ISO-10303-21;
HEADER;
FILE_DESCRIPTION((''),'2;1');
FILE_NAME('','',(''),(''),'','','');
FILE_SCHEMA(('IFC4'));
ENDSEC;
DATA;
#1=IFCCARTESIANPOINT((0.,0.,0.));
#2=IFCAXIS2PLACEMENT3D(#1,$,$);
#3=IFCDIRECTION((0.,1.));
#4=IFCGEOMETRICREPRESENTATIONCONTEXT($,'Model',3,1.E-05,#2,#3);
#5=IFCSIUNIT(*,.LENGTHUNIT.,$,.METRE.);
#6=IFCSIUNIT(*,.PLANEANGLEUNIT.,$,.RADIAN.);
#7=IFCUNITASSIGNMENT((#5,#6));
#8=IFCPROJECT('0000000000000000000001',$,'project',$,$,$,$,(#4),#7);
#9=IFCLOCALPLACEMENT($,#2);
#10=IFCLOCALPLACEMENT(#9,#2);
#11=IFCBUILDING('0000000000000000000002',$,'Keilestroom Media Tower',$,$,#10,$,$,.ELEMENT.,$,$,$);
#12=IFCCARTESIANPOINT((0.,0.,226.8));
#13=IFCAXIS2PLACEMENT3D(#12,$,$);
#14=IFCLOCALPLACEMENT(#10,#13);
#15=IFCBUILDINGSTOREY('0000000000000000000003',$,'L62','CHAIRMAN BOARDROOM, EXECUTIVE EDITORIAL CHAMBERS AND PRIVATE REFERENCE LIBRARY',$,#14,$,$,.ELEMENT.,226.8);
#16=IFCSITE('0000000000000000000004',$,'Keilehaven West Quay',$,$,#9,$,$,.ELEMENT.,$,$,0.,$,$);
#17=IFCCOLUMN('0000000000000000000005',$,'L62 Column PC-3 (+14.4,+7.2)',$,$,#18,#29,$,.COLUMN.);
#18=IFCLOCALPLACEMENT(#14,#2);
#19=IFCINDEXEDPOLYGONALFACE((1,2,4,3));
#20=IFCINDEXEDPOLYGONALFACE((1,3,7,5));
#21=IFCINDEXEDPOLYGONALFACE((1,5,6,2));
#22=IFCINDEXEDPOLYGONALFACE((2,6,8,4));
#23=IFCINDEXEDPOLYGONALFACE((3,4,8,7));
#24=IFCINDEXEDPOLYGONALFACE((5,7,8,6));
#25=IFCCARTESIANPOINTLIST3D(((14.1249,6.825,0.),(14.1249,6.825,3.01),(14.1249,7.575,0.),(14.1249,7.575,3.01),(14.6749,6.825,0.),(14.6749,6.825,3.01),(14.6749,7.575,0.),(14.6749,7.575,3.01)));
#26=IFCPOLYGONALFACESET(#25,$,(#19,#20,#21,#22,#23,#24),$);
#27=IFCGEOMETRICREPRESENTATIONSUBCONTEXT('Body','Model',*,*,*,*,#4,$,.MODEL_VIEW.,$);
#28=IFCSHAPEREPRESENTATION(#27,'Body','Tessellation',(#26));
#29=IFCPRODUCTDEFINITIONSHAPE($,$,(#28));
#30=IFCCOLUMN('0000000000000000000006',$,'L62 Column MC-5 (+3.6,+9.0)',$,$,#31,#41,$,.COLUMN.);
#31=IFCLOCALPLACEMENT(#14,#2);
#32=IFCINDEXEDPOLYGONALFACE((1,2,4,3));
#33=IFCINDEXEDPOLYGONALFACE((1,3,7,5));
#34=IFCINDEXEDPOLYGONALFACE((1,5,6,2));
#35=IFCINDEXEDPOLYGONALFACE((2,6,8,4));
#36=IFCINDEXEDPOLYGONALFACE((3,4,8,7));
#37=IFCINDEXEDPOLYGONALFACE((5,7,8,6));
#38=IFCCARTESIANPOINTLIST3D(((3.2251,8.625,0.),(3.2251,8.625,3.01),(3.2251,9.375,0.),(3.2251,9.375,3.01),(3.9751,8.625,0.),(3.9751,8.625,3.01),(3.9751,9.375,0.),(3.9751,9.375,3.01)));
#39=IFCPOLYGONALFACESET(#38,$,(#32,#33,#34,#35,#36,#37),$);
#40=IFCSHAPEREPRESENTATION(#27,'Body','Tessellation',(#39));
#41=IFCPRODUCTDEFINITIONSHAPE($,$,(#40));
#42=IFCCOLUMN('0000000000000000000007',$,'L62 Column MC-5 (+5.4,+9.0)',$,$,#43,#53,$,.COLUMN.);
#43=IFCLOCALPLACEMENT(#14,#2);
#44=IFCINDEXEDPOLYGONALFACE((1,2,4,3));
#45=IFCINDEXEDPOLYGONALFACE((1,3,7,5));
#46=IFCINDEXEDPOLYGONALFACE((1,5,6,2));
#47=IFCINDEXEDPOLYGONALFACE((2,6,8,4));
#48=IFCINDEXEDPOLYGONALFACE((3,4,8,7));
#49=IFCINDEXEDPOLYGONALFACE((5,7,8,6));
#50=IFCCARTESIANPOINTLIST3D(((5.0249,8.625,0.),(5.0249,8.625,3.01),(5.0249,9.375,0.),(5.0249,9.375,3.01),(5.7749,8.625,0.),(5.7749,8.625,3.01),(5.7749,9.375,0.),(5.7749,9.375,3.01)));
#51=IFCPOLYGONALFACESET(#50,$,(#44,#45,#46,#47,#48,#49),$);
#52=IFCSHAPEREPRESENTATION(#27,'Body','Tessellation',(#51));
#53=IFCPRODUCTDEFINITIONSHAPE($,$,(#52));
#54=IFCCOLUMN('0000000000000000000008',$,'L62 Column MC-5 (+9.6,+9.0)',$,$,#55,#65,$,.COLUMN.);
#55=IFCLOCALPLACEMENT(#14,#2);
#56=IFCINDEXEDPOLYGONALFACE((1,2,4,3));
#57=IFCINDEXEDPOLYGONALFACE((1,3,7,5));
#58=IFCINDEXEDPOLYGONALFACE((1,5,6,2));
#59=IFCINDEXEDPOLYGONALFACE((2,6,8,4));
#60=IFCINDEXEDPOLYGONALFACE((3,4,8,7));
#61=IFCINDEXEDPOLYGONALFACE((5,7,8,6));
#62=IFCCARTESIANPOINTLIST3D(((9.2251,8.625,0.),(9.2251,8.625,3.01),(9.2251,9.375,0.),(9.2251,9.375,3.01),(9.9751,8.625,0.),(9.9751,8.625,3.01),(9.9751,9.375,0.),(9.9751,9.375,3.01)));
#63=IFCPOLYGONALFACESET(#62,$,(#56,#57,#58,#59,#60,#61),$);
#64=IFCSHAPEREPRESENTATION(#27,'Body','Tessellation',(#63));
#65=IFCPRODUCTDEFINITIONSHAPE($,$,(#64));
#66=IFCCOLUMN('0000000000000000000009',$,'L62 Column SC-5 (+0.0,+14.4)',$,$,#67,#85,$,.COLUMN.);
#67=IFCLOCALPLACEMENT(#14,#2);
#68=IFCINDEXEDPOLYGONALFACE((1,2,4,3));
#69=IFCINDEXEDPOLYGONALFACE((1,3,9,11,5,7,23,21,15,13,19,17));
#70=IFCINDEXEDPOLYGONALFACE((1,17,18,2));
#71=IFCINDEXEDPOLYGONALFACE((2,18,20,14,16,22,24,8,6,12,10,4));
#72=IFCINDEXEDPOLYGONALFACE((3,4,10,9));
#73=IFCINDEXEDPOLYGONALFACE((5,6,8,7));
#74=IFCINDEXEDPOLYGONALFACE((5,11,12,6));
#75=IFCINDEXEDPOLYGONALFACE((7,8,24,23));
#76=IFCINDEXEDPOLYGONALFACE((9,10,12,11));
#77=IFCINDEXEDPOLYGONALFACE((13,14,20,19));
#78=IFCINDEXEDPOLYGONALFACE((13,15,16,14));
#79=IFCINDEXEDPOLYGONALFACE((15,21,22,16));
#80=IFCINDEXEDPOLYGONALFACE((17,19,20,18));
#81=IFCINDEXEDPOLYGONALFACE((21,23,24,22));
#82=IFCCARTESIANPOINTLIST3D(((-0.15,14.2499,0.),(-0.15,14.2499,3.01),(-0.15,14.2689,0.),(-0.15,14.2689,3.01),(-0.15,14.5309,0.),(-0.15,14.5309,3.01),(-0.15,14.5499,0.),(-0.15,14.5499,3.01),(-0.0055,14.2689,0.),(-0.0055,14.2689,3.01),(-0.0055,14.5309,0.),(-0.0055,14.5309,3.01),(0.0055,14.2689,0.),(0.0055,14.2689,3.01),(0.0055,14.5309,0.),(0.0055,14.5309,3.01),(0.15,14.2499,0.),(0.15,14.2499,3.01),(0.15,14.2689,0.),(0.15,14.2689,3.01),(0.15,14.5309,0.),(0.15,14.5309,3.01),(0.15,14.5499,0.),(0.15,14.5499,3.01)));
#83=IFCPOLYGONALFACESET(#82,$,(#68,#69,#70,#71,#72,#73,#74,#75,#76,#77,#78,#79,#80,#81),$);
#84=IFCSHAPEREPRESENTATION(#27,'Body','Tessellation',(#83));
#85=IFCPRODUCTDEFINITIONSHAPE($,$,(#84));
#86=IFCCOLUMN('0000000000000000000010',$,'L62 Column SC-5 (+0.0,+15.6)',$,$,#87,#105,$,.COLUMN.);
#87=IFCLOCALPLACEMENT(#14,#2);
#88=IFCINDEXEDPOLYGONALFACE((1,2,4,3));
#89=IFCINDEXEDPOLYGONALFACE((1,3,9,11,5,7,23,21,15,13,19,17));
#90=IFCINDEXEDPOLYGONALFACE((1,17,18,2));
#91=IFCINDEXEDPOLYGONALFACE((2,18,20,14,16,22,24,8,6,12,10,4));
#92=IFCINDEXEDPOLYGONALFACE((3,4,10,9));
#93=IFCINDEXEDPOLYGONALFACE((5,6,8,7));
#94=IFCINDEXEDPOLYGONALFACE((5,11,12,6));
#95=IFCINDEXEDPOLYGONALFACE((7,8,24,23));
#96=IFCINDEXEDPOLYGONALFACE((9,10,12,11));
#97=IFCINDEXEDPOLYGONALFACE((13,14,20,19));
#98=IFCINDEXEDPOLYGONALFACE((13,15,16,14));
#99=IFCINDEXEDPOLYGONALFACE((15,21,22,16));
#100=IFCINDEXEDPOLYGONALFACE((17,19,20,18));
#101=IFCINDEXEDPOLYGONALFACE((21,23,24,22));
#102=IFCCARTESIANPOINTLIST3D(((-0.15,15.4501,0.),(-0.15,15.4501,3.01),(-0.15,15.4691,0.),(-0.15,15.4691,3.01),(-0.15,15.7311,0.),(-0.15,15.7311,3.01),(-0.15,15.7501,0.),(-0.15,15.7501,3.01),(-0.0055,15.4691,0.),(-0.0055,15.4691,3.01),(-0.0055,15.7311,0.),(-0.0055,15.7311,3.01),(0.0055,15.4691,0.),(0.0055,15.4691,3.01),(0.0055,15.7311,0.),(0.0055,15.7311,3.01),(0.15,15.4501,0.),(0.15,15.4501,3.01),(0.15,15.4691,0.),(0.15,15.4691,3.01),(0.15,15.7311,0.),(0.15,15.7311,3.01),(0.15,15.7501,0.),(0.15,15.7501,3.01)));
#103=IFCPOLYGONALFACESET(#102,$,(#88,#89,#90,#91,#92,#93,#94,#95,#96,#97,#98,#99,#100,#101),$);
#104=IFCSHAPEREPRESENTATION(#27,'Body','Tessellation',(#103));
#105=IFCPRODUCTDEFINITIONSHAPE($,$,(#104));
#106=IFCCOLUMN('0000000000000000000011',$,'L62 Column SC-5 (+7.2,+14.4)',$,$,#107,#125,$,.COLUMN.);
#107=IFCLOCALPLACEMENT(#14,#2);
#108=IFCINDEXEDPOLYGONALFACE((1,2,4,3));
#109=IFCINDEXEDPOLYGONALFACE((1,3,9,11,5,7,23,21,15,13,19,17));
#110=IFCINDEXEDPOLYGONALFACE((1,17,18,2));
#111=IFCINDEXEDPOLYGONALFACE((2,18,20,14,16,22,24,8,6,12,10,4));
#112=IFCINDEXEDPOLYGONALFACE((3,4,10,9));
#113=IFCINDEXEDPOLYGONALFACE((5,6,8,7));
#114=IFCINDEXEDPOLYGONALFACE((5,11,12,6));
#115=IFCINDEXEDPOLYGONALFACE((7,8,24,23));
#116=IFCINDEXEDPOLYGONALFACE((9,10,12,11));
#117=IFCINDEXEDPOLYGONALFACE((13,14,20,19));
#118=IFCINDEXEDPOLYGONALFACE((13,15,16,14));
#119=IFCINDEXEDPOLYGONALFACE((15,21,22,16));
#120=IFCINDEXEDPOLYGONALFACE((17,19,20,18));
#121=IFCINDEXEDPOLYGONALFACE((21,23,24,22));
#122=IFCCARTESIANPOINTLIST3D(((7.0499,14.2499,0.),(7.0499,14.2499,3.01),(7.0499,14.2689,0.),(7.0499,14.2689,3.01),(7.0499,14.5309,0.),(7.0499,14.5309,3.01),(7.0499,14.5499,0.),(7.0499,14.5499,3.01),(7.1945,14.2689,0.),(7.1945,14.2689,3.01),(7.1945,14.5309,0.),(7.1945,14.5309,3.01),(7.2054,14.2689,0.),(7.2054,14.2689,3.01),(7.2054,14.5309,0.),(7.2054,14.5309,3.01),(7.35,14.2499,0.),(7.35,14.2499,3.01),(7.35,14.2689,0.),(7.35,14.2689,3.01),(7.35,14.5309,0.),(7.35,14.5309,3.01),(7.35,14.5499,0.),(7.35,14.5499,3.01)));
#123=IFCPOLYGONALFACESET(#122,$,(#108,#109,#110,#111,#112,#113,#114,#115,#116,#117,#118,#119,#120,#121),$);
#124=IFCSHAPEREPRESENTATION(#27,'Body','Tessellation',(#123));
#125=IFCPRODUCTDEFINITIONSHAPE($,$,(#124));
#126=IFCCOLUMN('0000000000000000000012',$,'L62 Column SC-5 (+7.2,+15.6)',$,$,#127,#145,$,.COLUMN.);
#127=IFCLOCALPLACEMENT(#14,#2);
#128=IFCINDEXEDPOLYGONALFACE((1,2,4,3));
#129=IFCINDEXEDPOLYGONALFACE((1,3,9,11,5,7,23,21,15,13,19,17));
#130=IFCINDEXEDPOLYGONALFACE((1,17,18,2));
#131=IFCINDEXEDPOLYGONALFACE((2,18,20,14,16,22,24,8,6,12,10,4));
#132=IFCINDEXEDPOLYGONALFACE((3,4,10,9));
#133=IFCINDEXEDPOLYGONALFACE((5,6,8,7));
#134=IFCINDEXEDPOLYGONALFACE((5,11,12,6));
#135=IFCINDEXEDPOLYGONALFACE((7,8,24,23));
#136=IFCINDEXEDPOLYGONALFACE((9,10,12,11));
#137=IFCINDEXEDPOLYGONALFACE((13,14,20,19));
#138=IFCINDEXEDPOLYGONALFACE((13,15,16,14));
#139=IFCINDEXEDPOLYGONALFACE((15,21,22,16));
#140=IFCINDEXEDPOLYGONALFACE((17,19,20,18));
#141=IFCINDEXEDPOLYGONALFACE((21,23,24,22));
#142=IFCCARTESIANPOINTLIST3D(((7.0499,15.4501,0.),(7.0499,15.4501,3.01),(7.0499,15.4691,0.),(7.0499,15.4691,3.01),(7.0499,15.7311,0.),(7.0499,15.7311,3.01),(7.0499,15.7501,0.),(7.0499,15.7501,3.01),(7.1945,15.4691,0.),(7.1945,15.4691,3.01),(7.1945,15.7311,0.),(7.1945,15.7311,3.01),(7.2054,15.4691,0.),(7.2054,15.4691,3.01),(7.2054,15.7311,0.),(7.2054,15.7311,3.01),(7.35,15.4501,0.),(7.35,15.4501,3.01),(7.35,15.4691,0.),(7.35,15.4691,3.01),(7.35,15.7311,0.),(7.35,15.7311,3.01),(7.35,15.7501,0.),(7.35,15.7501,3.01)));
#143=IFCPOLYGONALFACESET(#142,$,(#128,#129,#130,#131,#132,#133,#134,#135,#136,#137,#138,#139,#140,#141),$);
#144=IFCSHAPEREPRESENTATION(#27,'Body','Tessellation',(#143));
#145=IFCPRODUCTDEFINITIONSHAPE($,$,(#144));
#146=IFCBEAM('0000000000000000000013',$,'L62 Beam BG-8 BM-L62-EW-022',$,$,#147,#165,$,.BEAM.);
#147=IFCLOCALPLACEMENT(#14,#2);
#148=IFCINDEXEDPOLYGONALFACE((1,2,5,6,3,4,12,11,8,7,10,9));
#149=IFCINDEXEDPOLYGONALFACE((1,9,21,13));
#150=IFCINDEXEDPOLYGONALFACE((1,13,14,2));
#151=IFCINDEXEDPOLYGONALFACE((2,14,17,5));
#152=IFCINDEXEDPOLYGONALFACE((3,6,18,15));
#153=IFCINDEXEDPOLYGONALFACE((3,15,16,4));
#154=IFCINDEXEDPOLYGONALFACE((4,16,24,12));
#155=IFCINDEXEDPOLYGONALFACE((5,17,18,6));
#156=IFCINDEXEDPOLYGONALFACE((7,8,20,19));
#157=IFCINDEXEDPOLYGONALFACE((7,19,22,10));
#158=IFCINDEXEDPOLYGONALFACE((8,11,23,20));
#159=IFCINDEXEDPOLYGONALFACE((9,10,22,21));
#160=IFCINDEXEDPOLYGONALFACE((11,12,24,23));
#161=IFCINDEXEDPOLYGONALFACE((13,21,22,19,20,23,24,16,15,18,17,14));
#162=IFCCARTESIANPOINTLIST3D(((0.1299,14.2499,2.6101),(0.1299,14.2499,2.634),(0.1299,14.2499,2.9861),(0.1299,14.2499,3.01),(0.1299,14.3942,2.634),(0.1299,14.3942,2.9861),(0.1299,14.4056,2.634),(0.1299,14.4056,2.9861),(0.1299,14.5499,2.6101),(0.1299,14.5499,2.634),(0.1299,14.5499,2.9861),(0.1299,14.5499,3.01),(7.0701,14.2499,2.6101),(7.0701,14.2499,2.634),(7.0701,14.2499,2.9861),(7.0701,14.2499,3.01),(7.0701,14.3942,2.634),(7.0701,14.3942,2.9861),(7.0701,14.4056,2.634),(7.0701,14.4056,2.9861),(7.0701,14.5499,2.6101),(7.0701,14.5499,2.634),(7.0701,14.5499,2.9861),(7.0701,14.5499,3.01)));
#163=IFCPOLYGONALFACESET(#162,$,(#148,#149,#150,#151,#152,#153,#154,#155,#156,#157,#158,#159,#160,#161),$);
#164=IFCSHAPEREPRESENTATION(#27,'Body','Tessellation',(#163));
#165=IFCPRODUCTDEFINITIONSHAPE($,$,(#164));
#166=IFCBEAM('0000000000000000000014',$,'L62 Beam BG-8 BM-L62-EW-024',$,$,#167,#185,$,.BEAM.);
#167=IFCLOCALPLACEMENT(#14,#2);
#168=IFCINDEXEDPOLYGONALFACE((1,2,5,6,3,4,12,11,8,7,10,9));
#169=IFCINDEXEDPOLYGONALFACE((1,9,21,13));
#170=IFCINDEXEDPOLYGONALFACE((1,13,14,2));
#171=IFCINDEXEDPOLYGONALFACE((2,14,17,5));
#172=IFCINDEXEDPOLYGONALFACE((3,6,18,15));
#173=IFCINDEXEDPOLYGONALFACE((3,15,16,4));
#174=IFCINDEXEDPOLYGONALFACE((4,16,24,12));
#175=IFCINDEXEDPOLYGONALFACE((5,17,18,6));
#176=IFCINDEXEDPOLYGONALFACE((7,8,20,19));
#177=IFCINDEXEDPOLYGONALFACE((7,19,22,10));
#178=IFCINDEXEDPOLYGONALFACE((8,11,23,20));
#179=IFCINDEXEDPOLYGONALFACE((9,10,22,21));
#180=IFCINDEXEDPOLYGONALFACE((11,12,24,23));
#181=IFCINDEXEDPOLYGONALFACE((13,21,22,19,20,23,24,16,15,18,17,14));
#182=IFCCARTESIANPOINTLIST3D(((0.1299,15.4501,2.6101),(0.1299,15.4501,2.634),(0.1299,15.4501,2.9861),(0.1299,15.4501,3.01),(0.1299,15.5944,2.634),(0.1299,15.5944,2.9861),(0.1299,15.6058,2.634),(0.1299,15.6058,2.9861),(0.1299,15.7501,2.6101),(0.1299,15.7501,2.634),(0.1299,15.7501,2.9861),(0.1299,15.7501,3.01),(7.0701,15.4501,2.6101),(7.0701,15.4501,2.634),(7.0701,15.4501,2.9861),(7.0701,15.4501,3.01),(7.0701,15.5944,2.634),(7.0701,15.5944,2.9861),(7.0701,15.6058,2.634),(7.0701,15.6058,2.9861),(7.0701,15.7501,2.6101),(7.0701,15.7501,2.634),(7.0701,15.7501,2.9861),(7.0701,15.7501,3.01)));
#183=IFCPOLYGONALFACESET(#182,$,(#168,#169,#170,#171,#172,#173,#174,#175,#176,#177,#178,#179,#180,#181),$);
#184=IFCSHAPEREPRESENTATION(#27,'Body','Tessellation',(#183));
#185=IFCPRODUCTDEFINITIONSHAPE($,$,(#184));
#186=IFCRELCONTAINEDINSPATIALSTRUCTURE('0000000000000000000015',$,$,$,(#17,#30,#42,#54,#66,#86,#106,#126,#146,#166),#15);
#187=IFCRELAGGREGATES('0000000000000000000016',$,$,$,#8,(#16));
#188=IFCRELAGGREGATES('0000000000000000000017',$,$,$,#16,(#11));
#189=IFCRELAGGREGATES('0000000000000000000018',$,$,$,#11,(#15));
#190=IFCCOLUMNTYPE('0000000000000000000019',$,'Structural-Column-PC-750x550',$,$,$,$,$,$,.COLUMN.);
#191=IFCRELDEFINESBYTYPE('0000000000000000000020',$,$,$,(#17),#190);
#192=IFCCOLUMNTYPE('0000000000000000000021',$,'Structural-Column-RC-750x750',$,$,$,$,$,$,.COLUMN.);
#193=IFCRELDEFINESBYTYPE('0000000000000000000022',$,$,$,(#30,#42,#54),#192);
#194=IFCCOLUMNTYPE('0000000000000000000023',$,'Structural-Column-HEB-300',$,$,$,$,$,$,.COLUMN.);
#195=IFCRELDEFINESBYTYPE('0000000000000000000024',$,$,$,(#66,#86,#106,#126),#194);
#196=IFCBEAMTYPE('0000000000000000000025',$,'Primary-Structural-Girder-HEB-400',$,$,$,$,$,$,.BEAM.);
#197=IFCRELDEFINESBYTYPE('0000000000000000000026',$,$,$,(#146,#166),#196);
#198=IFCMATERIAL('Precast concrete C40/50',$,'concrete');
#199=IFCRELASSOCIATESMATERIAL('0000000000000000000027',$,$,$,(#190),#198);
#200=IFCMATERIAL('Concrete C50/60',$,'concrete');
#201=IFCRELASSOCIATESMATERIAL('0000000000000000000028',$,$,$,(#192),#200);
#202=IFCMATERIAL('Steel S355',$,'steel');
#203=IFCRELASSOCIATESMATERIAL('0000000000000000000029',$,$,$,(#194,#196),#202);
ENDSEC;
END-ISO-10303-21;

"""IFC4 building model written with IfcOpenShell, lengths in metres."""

from ifc_helpers import new_model, si_unit, direction, frame, origin, origin_2d, place, context, subcontext, project, spatial, rectangle, i_section, extrude, source, transform, mapped, material, material_profile, profile_set, type_object, element, save


model = new_model("IFC4")

# Units and contexts
model_context = context("Model", 3, precision=1e-05, world=origin(), true_north=direction((0.0, 1.0)))
body_context = subcontext(model_context, "Body", "Model", "MODEL_VIEW")
ifc_project = project(units=[si_unit("LENGTHUNIT", "METRE"), si_unit("PLANEANGLEUNIT", "RADIAN")], contexts=[model_context])

# Site, building, storey
site_placement = place(None, origin())
site = spatial("IfcSite", under=ifc_project, at=site_placement, Name="Keilehaven West Quay", CompositionType="ELEMENT", RefElevation=0.0)
building_placement = place(site_placement, origin())
building = spatial("IfcBuilding", under=site, at=building_placement, Name="Keilestroom Media Tower", CompositionType="ELEMENT")
storey_placement = place(building_placement, frame((0.0, 0.0, 226.8)))
storey = spatial("IfcBuildingStorey", under=building, at=storey_placement, Name="L62", Description="CHAIRMAN BOARDROOM, EXECUTIVE EDITORIAL CHAMBERS AND PRIVATE REFERENCE LIBRARY", CompositionType="ELEMENT", Elevation=226.8)

# Columns
ifc_material_1 = material(Name="Precast concrete C40/50", Category="concrete")
ifc_material_profile_1 = material_profile(ifc_material_1, rectangle(XDim=0.55, YDim=0.75, at=origin_2d()), Name="PC 750x550")
ifc_profile_set_1 = profile_set([ifc_material_profile_1], Name="Precast concrete C40/50")
column_type_1 = type_object("IfcColumnType", Name="Structural-Column-PC-750x550", PredefinedType="COLUMN", material=ifc_profile_set_1)
shared_shape_1 = source(origin(), body_context, "Body", "SweptSolid", [
    extrude(rectangle(XDim=0.55, YDim=0.75, at=origin_2d()), origin(), (0.0, 0.0, 1.0), 3.01),
])
column_placement = place(storey_placement, frame((14.3999, 7.2, 0.0), z_axis=(0.0, 0.0, 1.0), x_axis=(1.0, 0.0, 0.0)))
element("IfcColumn", 1, at=column_placement, inside=storey, type_object=column_type_1, Name="L62 Column PC-3 (+14.4,+7.2)", PredefinedType="COLUMN", context=body_context, shape_type="MappedRepresentation", body=[
    mapped(shared_shape_1, transform((0.0, 0.0, 0.0), x_axis=(1.0, 0.0, 0.0), y_axis=(0.0, 1.0, 0.0), z_axis=(0.0, 0.0, 1.0), scale=1.0)),
])
ifc_material_2 = material(Name="Concrete C50/60", Category="concrete")
ifc_material_profile_2 = material_profile(ifc_material_2, rectangle(XDim=0.75, YDim=0.75, at=origin_2d()), Name="RC 750x750")
ifc_profile_set_2 = profile_set([ifc_material_profile_2], Name="Concrete C50/60")
column_type_2 = type_object("IfcColumnType", Name="Structural-Column-RC-750x750", PredefinedType="COLUMN", material=ifc_profile_set_2)
shared_shape_2 = source(origin(), body_context, "Body", "SweptSolid", [
    extrude(rectangle(XDim=0.75, YDim=0.75, at=origin_2d()), origin(), (0.0, 0.0, 1.0), 3.01),
])
for number, where, z_axis, x_axis, name in (
    (2, (3.6001, 9.0, 0.0), (0.0, 0.0, 1.0), (1.0, 0.0, 0.0), "L62 Column MC-5 (+3.6,+9.0)"),
    (3, (5.3999, 9.0, 0.0), (0.0, 0.0, 1.0), (1.0, 0.0, 0.0), "L62 Column MC-5 (+5.4,+9.0)"),
    (4, (9.6001, 9.0, 0.0), (0.0, 0.0, 1.0), (1.0, 0.0, 0.0), "L62 Column MC-5 (+9.6,+9.0)"),
):
    element("IfcColumn", number, at=place(storey_placement, frame(where, z_axis=z_axis, x_axis=x_axis)), inside=storey, type_object=column_type_2, Name=name, PredefinedType="COLUMN", context=body_context, shape_type="MappedRepresentation", body=[
        mapped(shared_shape_2, transform((0.0, 0.0, 0.0), x_axis=(1.0, 0.0, 0.0), y_axis=(0.0, 1.0, 0.0), z_axis=(0.0, 0.0, 1.0), scale=1.0)),
    ])
ifc_material_3 = material(Name="Steel S355", Category="steel")
ifc_material_profile_3 = material_profile(ifc_material_3, i_section(OverallWidth=0.3, OverallDepth=0.3, WebThickness=0.011, FlangeThickness=0.019, at=origin_2d()), Name="HEB 300")
ifc_profile_set_3 = profile_set([ifc_material_profile_3], Name="Steel S355")
column_type_3 = type_object("IfcColumnType", Name="Structural-Column-HEB-300", PredefinedType="COLUMN", material=ifc_profile_set_3)
shared_shape_3 = source(origin(), body_context, "Body", "SweptSolid", [
    extrude(i_section(OverallWidth=0.3, OverallDepth=0.3, WebThickness=0.011, FlangeThickness=0.019, at=origin_2d()), origin(), (0.0, 0.0, 1.0), 3.01),
])
for number, where, z_axis, x_axis, name in (
    (5, (0.0, 14.3999, 0.0), (0.0, 0.0, 1.0), (1.0, 0.0, 0.0), "L62 Column SC-5 (+0.0,+14.4)"),
    (6, (0.0, 15.6001, 0.0), (0.0, 0.0, 1.0), (1.0, 0.0, 0.0), "L62 Column SC-5 (+0.0,+15.6)"),
    (7, (7.2, 14.3999, 0.0), (0.0, 0.0, 1.0), (1.0, 0.0, 0.0), "L62 Column SC-5 (+7.2,+14.4)"),
    (8, (7.2, 15.6001, 0.0), (0.0, 0.0, 1.0), (1.0, 0.0, 0.0), "L62 Column SC-5 (+7.2,+15.6)"),
):
    element("IfcColumn", number, at=place(storey_placement, frame(where, z_axis=z_axis, x_axis=x_axis)), inside=storey, type_object=column_type_3, Name=name, PredefinedType="COLUMN", context=body_context, shape_type="MappedRepresentation", body=[
        mapped(shared_shape_3, transform((0.0, 0.0, 0.0), x_axis=(1.0, 0.0, 0.0), y_axis=(0.0, 1.0, 0.0), z_axis=(0.0, 0.0, 1.0), scale=1.0)),
    ])

# Beams
ifc_material_profile_4 = material_profile(ifc_material_3, i_section(OverallWidth=0.3, OverallDepth=0.3999, WebThickness=0.0115, FlangeThickness=0.0239, at=origin_2d()), Name="HEB 400")
ifc_profile_set_4 = profile_set([ifc_material_profile_4], Name="Steel S355")
beam_type = type_object("IfcBeamType", Name="Primary-Structural-Girder-HEB-400", PredefinedType="BEAM", material=ifc_profile_set_4)
shared_shape_4 = source(origin(), body_context, "Body", "SweptSolid", [
    extrude(i_section(OverallWidth=0.3, OverallDepth=0.3999, WebThickness=0.0115, FlangeThickness=0.0239, at=origin_2d()), origin(), (0.0, 0.0, 1.0), 6.9402),
])
for number, where, z_axis, x_axis, name in (
    (9, (0.1299, 14.3999, 2.8101), (1.0, 0.0, 0.0), (0.0, 1.0, 0.0), "L62 Beam BG-8 BM-L62-EW-022"),
    (10, (0.1299, 15.6001, 2.8101), (1.0, 0.0, 0.0), (0.0, 1.0, 0.0), "L62 Beam BG-8 BM-L62-EW-024"),
):
    element("IfcBeam", number, at=place(storey_placement, frame(where, z_axis=z_axis, x_axis=x_axis)), inside=storey, type_object=beam_type, Name=name, PredefinedType="BEAM", context=body_context, shape_type="MappedRepresentation", body=[
        mapped(shared_shape_4, transform((0.0, 0.0, 0.0), x_axis=(1.0, 0.0, 0.0), y_axis=(0.0, 1.0, 0.0), z_axis=(0.0, 0.0, 1.0), scale=1.0)),
    ])

save(model, "model.ifc")
